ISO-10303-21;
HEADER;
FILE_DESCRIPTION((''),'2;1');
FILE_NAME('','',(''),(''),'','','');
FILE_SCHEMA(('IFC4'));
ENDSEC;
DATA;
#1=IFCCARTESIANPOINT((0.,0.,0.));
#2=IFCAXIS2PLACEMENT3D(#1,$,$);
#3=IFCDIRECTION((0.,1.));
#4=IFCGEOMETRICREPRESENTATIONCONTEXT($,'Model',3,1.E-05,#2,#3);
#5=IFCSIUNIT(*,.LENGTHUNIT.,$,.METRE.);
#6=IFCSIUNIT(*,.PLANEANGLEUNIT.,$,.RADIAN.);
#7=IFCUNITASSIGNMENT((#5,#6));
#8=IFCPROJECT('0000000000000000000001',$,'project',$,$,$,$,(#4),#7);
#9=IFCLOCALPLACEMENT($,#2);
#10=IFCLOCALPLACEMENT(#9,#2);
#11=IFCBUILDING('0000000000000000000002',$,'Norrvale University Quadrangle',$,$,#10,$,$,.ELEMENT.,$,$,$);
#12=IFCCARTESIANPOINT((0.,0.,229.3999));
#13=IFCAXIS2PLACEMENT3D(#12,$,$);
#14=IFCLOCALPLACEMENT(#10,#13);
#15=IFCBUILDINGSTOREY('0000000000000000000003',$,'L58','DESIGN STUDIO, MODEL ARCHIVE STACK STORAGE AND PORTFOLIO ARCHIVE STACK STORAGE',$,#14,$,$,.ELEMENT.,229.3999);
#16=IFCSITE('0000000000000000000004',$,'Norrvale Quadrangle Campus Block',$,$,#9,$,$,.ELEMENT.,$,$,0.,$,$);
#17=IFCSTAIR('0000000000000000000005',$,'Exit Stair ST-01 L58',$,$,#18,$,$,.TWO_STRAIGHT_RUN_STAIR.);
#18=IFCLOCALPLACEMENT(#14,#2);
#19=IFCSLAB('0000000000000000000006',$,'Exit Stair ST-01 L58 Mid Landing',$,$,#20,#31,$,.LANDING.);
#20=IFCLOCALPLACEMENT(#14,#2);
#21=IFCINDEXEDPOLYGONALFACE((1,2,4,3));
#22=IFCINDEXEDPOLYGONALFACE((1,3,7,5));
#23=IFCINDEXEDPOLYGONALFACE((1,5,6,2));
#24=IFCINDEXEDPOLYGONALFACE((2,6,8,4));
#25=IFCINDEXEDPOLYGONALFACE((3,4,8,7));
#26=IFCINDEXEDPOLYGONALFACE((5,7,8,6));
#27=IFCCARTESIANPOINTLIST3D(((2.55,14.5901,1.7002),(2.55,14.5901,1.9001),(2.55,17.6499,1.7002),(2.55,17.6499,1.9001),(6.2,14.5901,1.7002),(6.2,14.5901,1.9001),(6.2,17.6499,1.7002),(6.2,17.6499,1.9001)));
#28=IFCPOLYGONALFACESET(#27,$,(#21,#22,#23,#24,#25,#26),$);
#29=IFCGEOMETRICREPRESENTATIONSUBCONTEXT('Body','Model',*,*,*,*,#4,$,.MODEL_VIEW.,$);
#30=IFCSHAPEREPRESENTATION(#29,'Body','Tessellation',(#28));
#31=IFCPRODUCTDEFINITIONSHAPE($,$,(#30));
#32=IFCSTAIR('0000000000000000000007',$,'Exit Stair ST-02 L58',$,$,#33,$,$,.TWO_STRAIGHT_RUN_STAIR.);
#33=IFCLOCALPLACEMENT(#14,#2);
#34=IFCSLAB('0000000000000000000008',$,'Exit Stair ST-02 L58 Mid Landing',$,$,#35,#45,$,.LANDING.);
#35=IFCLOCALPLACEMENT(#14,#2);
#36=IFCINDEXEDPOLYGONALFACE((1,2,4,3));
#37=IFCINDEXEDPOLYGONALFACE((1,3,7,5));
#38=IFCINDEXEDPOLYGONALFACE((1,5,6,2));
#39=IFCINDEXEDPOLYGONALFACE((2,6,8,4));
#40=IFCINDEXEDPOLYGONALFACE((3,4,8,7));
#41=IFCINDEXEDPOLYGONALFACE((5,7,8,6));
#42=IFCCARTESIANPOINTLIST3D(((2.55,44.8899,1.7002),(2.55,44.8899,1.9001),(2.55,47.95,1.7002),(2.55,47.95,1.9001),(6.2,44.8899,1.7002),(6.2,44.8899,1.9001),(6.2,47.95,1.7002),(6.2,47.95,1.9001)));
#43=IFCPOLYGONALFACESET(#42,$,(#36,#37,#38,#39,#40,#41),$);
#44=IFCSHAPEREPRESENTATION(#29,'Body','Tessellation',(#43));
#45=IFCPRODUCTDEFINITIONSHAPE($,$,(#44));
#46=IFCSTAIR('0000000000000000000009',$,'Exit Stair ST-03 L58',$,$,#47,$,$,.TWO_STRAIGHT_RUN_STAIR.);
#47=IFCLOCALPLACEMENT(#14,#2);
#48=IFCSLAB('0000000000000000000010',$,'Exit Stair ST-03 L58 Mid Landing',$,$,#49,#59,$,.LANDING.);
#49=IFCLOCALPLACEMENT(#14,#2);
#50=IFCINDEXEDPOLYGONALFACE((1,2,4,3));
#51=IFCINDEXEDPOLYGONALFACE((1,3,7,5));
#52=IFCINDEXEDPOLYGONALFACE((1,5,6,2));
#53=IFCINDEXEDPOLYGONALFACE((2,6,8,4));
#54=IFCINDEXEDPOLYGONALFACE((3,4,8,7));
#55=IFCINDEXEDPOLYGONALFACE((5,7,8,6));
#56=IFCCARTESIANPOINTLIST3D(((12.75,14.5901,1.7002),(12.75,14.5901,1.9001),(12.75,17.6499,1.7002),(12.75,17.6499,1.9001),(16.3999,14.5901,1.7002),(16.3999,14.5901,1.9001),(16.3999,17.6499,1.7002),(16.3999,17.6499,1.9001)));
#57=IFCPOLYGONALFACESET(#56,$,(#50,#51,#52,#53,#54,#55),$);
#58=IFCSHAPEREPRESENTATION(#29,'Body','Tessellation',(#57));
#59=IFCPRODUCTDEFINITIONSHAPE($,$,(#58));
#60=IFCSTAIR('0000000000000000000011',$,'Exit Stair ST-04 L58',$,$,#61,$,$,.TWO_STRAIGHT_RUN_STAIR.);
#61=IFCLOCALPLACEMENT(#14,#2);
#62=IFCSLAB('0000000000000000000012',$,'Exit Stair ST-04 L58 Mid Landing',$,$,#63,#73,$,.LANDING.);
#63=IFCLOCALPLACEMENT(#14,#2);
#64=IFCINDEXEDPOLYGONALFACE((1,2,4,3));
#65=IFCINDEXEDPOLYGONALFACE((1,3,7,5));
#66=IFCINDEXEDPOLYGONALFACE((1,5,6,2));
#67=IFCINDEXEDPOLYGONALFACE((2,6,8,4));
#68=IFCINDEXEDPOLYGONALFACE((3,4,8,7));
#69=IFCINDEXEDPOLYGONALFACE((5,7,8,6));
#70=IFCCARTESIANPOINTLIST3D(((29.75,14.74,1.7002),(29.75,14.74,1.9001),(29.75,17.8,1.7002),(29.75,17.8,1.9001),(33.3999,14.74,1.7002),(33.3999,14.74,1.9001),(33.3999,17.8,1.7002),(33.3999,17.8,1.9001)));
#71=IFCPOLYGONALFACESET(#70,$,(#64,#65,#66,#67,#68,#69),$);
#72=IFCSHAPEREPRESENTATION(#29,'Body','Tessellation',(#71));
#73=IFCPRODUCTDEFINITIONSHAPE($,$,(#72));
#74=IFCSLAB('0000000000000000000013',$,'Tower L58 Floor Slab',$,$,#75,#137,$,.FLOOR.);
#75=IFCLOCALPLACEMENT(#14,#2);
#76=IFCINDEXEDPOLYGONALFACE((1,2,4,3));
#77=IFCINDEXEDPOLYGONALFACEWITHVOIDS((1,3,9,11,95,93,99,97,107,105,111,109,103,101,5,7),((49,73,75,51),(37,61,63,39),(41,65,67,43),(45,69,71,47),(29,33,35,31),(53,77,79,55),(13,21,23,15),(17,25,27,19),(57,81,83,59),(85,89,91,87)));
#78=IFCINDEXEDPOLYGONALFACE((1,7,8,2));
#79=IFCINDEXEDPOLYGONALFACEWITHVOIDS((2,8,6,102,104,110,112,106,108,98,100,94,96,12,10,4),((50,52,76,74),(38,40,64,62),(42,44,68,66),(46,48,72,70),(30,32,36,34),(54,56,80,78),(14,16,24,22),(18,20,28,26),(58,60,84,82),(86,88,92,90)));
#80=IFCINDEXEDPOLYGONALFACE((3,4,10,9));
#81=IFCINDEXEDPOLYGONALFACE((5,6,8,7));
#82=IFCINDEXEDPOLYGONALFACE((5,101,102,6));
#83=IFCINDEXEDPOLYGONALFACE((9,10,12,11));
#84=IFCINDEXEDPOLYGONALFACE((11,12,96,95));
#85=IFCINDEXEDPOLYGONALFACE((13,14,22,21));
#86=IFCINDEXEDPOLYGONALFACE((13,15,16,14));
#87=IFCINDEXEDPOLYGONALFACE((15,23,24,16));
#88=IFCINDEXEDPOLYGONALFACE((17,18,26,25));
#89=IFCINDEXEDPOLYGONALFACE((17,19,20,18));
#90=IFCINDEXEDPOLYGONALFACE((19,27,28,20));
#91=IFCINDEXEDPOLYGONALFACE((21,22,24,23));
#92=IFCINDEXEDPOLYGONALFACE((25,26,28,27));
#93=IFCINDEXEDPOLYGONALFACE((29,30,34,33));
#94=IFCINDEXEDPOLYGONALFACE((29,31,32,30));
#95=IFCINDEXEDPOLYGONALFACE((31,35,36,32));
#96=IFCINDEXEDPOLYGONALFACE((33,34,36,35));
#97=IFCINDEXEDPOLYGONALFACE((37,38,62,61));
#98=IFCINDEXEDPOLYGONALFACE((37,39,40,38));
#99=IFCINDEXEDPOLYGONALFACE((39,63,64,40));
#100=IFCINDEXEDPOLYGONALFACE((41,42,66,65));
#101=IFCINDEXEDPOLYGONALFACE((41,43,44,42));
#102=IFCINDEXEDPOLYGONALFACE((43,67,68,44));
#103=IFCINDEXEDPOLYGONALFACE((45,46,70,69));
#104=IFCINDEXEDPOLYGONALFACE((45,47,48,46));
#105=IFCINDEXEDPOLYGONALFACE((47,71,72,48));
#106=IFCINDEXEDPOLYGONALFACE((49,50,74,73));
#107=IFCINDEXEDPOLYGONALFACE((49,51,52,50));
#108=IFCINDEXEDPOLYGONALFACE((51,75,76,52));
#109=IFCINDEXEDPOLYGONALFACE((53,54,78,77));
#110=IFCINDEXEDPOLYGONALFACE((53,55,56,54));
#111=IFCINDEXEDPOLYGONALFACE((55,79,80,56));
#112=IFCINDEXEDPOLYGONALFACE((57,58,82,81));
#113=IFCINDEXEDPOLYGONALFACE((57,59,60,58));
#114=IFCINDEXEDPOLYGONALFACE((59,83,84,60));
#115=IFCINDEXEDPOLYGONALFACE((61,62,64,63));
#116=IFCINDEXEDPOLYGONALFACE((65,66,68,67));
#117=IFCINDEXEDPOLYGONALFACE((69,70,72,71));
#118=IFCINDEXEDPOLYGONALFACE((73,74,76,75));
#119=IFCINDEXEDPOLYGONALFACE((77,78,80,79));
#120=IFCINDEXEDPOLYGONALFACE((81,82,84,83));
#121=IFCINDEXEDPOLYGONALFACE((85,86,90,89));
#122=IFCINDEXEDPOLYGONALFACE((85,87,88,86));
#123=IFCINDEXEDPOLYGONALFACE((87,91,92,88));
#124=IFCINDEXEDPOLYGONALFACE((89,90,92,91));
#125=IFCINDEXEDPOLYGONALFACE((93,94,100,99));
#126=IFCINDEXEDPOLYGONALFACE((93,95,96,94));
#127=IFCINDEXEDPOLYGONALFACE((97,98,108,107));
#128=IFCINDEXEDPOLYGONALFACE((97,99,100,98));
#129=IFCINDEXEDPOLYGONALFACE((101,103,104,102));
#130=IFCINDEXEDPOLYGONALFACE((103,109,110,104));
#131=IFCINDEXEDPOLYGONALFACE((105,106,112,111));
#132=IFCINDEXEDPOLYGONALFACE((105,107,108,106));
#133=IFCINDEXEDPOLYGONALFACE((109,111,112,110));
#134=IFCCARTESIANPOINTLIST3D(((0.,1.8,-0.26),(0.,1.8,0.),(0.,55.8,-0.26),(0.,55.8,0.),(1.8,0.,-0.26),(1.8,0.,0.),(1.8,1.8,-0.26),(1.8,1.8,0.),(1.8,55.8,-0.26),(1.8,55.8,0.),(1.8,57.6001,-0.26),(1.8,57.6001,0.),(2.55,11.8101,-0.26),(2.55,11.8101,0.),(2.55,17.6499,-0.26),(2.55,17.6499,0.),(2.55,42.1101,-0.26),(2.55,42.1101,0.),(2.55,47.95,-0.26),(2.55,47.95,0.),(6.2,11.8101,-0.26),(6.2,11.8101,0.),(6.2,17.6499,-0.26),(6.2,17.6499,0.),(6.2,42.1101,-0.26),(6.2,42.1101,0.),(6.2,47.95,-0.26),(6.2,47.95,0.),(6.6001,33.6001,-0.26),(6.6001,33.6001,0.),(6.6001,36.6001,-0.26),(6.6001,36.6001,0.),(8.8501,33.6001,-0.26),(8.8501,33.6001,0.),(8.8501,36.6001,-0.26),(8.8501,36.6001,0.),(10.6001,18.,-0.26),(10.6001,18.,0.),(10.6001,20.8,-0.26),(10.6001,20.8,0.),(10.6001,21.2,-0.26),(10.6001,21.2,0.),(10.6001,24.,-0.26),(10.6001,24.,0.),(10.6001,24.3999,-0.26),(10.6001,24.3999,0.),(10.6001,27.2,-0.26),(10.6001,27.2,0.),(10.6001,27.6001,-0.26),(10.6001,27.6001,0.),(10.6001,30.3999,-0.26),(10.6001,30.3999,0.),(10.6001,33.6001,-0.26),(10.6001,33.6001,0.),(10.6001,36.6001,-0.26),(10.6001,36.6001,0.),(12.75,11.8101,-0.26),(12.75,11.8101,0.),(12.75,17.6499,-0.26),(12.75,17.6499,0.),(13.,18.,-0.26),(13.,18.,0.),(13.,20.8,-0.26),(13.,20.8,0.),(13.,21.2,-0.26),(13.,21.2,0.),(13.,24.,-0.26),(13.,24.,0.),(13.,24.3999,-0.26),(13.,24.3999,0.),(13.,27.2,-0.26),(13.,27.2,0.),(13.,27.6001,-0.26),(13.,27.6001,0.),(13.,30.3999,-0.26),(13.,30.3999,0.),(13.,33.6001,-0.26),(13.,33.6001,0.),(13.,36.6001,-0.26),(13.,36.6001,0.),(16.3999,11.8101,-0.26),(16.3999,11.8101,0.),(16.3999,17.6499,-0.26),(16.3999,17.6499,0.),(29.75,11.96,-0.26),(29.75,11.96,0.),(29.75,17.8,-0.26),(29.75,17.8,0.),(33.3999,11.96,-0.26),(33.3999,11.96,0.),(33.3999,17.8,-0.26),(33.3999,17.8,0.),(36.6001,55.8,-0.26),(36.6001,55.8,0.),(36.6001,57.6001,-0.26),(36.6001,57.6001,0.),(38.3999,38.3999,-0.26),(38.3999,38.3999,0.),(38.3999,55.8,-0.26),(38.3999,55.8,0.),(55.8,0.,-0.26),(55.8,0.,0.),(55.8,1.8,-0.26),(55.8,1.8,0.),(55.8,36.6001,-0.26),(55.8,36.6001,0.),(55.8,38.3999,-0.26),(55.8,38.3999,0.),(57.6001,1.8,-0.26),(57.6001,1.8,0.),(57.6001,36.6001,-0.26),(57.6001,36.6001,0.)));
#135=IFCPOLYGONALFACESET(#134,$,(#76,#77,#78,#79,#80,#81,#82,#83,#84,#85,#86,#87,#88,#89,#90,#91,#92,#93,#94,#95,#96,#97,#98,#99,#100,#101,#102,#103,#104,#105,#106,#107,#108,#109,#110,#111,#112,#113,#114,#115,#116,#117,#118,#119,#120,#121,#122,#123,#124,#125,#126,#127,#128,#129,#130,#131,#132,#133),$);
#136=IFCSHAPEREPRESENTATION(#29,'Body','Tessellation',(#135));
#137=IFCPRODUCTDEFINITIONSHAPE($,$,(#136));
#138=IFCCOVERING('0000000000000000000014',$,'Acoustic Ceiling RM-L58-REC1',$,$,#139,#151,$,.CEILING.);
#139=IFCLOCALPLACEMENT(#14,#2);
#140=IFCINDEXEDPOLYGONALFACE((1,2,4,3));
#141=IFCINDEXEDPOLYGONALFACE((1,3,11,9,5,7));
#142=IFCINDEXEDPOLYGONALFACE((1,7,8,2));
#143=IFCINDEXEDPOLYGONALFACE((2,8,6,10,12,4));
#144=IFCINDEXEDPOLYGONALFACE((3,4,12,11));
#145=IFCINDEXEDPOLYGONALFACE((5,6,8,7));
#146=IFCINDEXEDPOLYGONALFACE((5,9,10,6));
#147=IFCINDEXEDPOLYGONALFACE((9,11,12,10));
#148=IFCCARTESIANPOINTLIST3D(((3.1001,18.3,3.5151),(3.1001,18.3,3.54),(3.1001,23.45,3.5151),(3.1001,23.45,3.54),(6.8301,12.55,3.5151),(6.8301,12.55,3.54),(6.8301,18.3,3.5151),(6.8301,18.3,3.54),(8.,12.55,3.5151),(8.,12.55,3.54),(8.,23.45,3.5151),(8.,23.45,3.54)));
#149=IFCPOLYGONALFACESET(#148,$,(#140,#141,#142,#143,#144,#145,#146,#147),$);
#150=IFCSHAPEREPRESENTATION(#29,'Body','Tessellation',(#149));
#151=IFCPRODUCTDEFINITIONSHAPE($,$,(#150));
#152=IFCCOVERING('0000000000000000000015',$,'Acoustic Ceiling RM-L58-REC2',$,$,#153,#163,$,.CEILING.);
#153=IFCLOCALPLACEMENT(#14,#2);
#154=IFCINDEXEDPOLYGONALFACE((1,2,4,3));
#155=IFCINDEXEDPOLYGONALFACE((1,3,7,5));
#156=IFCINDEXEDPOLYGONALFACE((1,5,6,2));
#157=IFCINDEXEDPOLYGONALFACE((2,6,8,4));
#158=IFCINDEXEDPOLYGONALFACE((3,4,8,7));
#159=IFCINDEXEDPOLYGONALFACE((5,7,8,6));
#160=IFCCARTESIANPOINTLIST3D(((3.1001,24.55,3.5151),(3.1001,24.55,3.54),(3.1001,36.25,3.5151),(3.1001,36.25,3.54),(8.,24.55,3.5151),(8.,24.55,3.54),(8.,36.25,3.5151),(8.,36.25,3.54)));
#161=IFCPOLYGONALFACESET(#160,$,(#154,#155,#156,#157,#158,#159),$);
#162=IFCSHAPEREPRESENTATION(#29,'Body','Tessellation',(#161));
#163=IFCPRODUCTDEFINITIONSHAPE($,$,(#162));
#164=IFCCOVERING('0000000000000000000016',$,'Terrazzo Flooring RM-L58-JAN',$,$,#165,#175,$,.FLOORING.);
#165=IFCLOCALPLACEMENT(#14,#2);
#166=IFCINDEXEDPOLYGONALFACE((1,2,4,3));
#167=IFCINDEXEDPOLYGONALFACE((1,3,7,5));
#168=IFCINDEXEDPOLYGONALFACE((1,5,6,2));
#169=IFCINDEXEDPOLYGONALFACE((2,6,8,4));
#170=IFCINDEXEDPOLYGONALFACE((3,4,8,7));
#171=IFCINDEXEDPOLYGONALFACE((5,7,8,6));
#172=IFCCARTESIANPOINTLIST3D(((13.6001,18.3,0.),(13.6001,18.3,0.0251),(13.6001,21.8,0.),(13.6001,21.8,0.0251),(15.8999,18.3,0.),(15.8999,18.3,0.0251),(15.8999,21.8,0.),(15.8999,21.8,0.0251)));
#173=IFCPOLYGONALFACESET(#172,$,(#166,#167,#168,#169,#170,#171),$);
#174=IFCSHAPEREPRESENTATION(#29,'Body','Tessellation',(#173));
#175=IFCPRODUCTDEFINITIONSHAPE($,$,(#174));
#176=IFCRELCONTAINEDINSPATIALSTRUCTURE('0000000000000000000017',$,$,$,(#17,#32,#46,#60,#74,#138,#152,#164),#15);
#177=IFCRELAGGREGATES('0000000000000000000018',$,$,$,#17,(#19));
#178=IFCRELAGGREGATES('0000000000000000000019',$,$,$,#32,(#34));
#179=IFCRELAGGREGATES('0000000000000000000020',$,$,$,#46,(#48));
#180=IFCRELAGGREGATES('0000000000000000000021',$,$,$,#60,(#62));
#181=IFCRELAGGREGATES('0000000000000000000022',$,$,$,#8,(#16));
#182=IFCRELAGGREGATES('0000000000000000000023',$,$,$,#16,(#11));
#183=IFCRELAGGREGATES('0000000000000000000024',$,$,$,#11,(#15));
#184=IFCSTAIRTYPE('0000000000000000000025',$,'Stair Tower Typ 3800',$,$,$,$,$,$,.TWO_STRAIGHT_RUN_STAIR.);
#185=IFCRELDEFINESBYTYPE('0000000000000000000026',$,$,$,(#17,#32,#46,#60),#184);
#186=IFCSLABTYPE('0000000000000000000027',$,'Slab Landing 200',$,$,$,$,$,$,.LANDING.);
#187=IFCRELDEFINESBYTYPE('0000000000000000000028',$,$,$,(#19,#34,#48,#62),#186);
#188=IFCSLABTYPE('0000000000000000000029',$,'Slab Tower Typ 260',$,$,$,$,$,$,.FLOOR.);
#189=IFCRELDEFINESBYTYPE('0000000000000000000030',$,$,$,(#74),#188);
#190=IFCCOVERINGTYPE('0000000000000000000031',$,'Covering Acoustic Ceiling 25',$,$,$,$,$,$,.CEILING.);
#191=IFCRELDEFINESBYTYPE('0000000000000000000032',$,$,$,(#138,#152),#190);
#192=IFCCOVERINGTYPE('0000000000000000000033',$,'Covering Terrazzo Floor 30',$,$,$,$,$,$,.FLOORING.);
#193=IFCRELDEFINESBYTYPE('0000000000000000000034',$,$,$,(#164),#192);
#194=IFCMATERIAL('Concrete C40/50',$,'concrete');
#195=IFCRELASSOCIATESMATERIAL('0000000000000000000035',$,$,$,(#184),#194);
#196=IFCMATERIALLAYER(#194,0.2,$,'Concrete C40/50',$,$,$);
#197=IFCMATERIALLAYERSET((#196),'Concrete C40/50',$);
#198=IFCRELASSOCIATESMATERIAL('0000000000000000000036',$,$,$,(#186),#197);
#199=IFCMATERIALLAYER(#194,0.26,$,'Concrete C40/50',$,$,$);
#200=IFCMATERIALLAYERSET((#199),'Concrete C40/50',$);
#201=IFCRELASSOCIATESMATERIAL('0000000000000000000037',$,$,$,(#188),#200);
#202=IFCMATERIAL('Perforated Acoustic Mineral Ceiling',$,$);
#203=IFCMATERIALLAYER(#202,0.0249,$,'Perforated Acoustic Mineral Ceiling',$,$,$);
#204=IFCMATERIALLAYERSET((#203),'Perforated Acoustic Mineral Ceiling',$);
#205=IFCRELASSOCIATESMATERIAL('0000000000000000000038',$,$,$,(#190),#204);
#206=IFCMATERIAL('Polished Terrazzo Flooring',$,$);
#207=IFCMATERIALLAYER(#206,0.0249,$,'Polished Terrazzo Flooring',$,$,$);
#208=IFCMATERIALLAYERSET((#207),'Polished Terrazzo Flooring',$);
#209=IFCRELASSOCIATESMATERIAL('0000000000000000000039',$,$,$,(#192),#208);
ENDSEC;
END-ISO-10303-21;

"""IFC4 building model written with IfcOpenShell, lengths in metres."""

from ifc_helpers import new_model, si_unit, direction, frame, origin, place, context, subcontext, project, spatial, polyline, outline, extrude, material, layer, layer_set, type_object, element, aggregate, save


model = new_model("IFC4")

# Units and contexts
model_context = context("Model", 3, precision=1e-05, world=origin(), true_north=direction((0.0, 1.0)))
body_context = subcontext(model_context, "Body", "Model", "MODEL_VIEW")
ifc_project = project(units=[si_unit("LENGTHUNIT", "METRE"), si_unit("PLANEANGLEUNIT", "RADIAN")], contexts=[model_context])

# Site, building, storey
site_placement = place(None, origin())
site = spatial("IfcSite", under=ifc_project, at=site_placement, Name="Norrvale Quadrangle Campus Block", CompositionType="ELEMENT", RefElevation=0.0)
building_placement = place(site_placement, origin())
building = spatial("IfcBuilding", under=site, at=building_placement, Name="Norrvale University Quadrangle", CompositionType="ELEMENT")
storey_placement = place(building_placement, frame((0.0, 0.0, 229.3999)))
storey = spatial("IfcBuildingStorey", under=building, at=storey_placement, Name="L58", Description="DESIGN STUDIO, MODEL ARCHIVE STACK STORAGE AND PORTFOLIO ARCHIVE STACK STORAGE", CompositionType="ELEMENT", Elevation=229.3999)

# Stairs, slabs
ifc_material_1 = material(Name="Concrete C40/50", Category="concrete")
stair_type = type_object("IfcStairType", Name="Stair Tower Typ 3800", PredefinedType="TWO_STRAIGHT_RUN_STAIR", material=ifc_material_1)
stair_1_placement = place(storey_placement, origin())
stair_1 = element("IfcStair", 1, at=stair_1_placement, inside=storey, type_object=stair_type, Name="Exit Stair ST-01 L58", PredefinedType="TWO_STRAIGHT_RUN_STAIR")
ifc_layer_1 = layer(ifc_material_1, 0.2, Name="Concrete C40/50")
ifc_layer_set_1 = layer_set([ifc_layer_1], Name="Concrete C40/50")
slab_type_1 = type_object("IfcSlabType", Name="Slab Landing 200", PredefinedType="LANDING", material=ifc_layer_set_1)
slab_1_placement = place(storey_placement, frame((0.0, 0.0, 1.7002)))
slab_1 = element("IfcSlab", 2, at=slab_1_placement, type_object=slab_type_1, Name="Exit Stair ST-01 L58 Mid Landing", PredefinedType="LANDING", context=body_context, shape_type="SweptSolid", body=[
    extrude(outline(polyline([(2.55, 14.5901), (6.2, 14.5901), (6.2, 17.6499), (2.55, 17.6499), (2.55, 14.5901)])), origin(), (0.0, 0.0, 1.0), 0.2),
])
aggregate(stair_1, [slab_1])
stair_2_placement = place(storey_placement, origin())
stair_2 = element("IfcStair", 3, at=stair_2_placement, inside=storey, type_object=stair_type, Name="Exit Stair ST-02 L58", PredefinedType="TWO_STRAIGHT_RUN_STAIR")
slab_2_placement = place(storey_placement, frame((0.0, 0.0, 1.7002)))
slab_2 = element("IfcSlab", 4, at=slab_2_placement, type_object=slab_type_1, Name="Exit Stair ST-02 L58 Mid Landing", PredefinedType="LANDING", context=body_context, shape_type="SweptSolid", body=[
    extrude(outline(polyline([(2.55, 44.8899), (6.2, 44.8899), (6.2, 47.95), (2.55, 47.95), (2.55, 44.8899)])), origin(), (0.0, 0.0, 1.0), 0.2),
])
aggregate(stair_2, [slab_2])
stair_3_placement = place(storey_placement, origin())
stair_3 = element("IfcStair", 5, at=stair_3_placement, inside=storey, type_object=stair_type, Name="Exit Stair ST-03 L58", PredefinedType="TWO_STRAIGHT_RUN_STAIR")
slab_3_placement = place(storey_placement, frame((0.0, 0.0, 1.7002)))
slab_3 = element("IfcSlab", 6, at=slab_3_placement, type_object=slab_type_1, Name="Exit Stair ST-03 L58 Mid Landing", PredefinedType="LANDING", context=body_context, shape_type="SweptSolid", body=[
    extrude(outline(polyline([(12.75, 14.5901), (16.3999, 14.5901), (16.3999, 17.6499), (12.75, 17.6499), (12.75, 14.5901)])), origin(), (0.0, 0.0, 1.0), 0.2),
])
aggregate(stair_3, [slab_3])
stair_4_placement = place(storey_placement, origin())
stair_4 = element("IfcStair", 7, at=stair_4_placement, inside=storey, type_object=stair_type, Name="Exit Stair ST-04 L58", PredefinedType="TWO_STRAIGHT_RUN_STAIR")
slab_4_placement = place(storey_placement, frame((0.0, 0.0, 1.7002)))
slab_4 = element("IfcSlab", 8, at=slab_4_placement, type_object=slab_type_1, Name="Exit Stair ST-04 L58 Mid Landing", PredefinedType="LANDING", context=body_context, shape_type="SweptSolid", body=[
    extrude(outline(polyline([(29.75, 14.74), (33.3999, 14.74), (33.3999, 17.8), (29.75, 17.8), (29.75, 14.74)])), origin(), (0.0, 0.0, 1.0), 0.2),
])
aggregate(stair_4, [slab_4])

# Slab
ifc_layer_2 = layer(ifc_material_1, 0.26, Name="Concrete C40/50")
ifc_layer_set_2 = layer_set([ifc_layer_2], Name="Concrete C40/50")
slab_type_2 = type_object("IfcSlabType", Name="Slab Tower Typ 260", PredefinedType="FLOOR", material=ifc_layer_set_2)
slab_5_placement = place(storey_placement, frame((0.0, 0.0, -0.26)))
element("IfcSlab", 9, at=slab_5_placement, inside=storey, type_object=slab_type_2, Name="Tower L58 Floor Slab", PredefinedType="FLOOR", context=body_context, shape_type="SweptSolid", body=[
    extrude(outline(polyline([(1.8, 0.0), (55.8, 0.0), (55.8, 1.8), (57.6001, 1.8), (57.6001, 36.6001), (55.8, 36.6001), (55.8, 38.3999), (38.3999, 38.3999), (38.3999, 55.8), (36.6001, 55.8), (36.6001, 57.6001), (1.8, 57.6001), (1.8, 55.8), (0.0, 55.8), (0.0, 1.8), (1.8, 1.8), (1.8, 0.0)]), holes=[polyline([(2.55, 11.8101), (6.2, 11.8101), (6.2, 17.6499), (2.55, 17.6499), (2.55, 11.8101)]), polyline([(2.55, 42.1101), (6.2, 42.1101), (6.2, 47.95), (2.55, 47.95), (2.55, 42.1101)]), polyline([(12.75, 11.8101), (16.3999, 11.8101), (16.3999, 17.6499), (12.75, 17.6499), (12.75, 11.8101)]), polyline([(29.75, 11.96), (33.3999, 11.96), (33.3999, 17.8), (29.75, 17.8), (29.75, 11.96)]), polyline([(10.6001, 18.0), (13.0, 18.0), (13.0, 20.8), (10.6001, 20.8), (10.6001, 18.0)]), polyline([(10.6001, 21.2), (13.0, 21.2), (13.0, 24.0), (10.6001, 24.0), (10.6001, 21.2)]), polyline([(10.6001, 24.3999), (13.0, 24.3999), (13.0, 27.2), (10.6001, 27.2), (10.6001, 24.3999)]), polyline([(10.6001, 27.6001), (13.0, 27.6001), (13.0, 30.3999), (10.6001, 30.3999), (10.6001, 27.6001)]), polyline([(6.6001, 33.6001), (8.8501, 33.6001), (8.8501, 36.6001), (6.6001, 36.6001), (6.6001, 33.6001)]), polyline([(10.6001, 33.6001), (13.0, 33.6001), (13.0, 36.6001), (10.6001, 36.6001), (10.6001, 33.6001)])]), origin(), (0.0, 0.0, 1.0), 0.26),
])

# Coverings
ifc_material_2 = material(Name="Perforated Acoustic Mineral Ceiling")
ifc_layer_3 = layer(ifc_material_2, 0.0249, Name="Perforated Acoustic Mineral Ceiling")
ifc_layer_set_3 = layer_set([ifc_layer_3], Name="Perforated Acoustic Mineral Ceiling")
covering_type_1 = type_object("IfcCoveringType", Name="Covering Acoustic Ceiling 25", PredefinedType="CEILING", material=ifc_layer_set_3)
covering_1_placement = place(storey_placement, frame((0.0, 0.0, 3.5151)))
element("IfcCovering", 10, at=covering_1_placement, inside=storey, type_object=covering_type_1, Name="Acoustic Ceiling RM-L58-REC1", PredefinedType="CEILING", context=body_context, shape_type="SweptSolid", body=[
    extrude(outline(polyline([(3.1001, 18.3), (3.1001, 23.45), (8.0, 23.45), (8.0, 12.55), (6.8301, 12.55), (6.8301, 18.3), (3.1001, 18.3)])), origin(), (0.0, 0.0, 1.0), 0.0249),
])
covering_2_placement = place(storey_placement, frame((0.0, 0.0, 3.5151)))
element("IfcCovering", 11, at=covering_2_placement, inside=storey, type_object=covering_type_1, Name="Acoustic Ceiling RM-L58-REC2", PredefinedType="CEILING", context=body_context, shape_type="SweptSolid", body=[
    extrude(outline(polyline([(3.1001, 24.55), (3.1001, 36.25), (8.0, 36.25), (8.0, 24.55), (3.1001, 24.55)])), origin(), (0.0, 0.0, 1.0), 0.0249),
])
ifc_material_3 = material(Name="Polished Terrazzo Flooring")
ifc_layer_4 = layer(ifc_material_3, 0.0249, Name="Polished Terrazzo Flooring")
ifc_layer_set_4 = layer_set([ifc_layer_4], Name="Polished Terrazzo Flooring")
covering_type_2 = type_object("IfcCoveringType", Name="Covering Terrazzo Floor 30", PredefinedType="FLOORING", material=ifc_layer_set_4)
covering_3_placement = place(storey_placement, origin())
element("IfcCovering", 12, at=covering_3_placement, inside=storey, type_object=covering_type_2, Name="Terrazzo Flooring RM-L58-JAN", PredefinedType="FLOORING", context=body_context, shape_type="SweptSolid", body=[
    extrude(outline(polyline([(13.6001, 18.3), (13.6001, 21.8), (15.8999, 21.8), (15.8999, 18.3), (13.6001, 18.3)])), origin(), (0.0, 0.0, 1.0), 0.0251),
])

save(model, "model.ifc")
